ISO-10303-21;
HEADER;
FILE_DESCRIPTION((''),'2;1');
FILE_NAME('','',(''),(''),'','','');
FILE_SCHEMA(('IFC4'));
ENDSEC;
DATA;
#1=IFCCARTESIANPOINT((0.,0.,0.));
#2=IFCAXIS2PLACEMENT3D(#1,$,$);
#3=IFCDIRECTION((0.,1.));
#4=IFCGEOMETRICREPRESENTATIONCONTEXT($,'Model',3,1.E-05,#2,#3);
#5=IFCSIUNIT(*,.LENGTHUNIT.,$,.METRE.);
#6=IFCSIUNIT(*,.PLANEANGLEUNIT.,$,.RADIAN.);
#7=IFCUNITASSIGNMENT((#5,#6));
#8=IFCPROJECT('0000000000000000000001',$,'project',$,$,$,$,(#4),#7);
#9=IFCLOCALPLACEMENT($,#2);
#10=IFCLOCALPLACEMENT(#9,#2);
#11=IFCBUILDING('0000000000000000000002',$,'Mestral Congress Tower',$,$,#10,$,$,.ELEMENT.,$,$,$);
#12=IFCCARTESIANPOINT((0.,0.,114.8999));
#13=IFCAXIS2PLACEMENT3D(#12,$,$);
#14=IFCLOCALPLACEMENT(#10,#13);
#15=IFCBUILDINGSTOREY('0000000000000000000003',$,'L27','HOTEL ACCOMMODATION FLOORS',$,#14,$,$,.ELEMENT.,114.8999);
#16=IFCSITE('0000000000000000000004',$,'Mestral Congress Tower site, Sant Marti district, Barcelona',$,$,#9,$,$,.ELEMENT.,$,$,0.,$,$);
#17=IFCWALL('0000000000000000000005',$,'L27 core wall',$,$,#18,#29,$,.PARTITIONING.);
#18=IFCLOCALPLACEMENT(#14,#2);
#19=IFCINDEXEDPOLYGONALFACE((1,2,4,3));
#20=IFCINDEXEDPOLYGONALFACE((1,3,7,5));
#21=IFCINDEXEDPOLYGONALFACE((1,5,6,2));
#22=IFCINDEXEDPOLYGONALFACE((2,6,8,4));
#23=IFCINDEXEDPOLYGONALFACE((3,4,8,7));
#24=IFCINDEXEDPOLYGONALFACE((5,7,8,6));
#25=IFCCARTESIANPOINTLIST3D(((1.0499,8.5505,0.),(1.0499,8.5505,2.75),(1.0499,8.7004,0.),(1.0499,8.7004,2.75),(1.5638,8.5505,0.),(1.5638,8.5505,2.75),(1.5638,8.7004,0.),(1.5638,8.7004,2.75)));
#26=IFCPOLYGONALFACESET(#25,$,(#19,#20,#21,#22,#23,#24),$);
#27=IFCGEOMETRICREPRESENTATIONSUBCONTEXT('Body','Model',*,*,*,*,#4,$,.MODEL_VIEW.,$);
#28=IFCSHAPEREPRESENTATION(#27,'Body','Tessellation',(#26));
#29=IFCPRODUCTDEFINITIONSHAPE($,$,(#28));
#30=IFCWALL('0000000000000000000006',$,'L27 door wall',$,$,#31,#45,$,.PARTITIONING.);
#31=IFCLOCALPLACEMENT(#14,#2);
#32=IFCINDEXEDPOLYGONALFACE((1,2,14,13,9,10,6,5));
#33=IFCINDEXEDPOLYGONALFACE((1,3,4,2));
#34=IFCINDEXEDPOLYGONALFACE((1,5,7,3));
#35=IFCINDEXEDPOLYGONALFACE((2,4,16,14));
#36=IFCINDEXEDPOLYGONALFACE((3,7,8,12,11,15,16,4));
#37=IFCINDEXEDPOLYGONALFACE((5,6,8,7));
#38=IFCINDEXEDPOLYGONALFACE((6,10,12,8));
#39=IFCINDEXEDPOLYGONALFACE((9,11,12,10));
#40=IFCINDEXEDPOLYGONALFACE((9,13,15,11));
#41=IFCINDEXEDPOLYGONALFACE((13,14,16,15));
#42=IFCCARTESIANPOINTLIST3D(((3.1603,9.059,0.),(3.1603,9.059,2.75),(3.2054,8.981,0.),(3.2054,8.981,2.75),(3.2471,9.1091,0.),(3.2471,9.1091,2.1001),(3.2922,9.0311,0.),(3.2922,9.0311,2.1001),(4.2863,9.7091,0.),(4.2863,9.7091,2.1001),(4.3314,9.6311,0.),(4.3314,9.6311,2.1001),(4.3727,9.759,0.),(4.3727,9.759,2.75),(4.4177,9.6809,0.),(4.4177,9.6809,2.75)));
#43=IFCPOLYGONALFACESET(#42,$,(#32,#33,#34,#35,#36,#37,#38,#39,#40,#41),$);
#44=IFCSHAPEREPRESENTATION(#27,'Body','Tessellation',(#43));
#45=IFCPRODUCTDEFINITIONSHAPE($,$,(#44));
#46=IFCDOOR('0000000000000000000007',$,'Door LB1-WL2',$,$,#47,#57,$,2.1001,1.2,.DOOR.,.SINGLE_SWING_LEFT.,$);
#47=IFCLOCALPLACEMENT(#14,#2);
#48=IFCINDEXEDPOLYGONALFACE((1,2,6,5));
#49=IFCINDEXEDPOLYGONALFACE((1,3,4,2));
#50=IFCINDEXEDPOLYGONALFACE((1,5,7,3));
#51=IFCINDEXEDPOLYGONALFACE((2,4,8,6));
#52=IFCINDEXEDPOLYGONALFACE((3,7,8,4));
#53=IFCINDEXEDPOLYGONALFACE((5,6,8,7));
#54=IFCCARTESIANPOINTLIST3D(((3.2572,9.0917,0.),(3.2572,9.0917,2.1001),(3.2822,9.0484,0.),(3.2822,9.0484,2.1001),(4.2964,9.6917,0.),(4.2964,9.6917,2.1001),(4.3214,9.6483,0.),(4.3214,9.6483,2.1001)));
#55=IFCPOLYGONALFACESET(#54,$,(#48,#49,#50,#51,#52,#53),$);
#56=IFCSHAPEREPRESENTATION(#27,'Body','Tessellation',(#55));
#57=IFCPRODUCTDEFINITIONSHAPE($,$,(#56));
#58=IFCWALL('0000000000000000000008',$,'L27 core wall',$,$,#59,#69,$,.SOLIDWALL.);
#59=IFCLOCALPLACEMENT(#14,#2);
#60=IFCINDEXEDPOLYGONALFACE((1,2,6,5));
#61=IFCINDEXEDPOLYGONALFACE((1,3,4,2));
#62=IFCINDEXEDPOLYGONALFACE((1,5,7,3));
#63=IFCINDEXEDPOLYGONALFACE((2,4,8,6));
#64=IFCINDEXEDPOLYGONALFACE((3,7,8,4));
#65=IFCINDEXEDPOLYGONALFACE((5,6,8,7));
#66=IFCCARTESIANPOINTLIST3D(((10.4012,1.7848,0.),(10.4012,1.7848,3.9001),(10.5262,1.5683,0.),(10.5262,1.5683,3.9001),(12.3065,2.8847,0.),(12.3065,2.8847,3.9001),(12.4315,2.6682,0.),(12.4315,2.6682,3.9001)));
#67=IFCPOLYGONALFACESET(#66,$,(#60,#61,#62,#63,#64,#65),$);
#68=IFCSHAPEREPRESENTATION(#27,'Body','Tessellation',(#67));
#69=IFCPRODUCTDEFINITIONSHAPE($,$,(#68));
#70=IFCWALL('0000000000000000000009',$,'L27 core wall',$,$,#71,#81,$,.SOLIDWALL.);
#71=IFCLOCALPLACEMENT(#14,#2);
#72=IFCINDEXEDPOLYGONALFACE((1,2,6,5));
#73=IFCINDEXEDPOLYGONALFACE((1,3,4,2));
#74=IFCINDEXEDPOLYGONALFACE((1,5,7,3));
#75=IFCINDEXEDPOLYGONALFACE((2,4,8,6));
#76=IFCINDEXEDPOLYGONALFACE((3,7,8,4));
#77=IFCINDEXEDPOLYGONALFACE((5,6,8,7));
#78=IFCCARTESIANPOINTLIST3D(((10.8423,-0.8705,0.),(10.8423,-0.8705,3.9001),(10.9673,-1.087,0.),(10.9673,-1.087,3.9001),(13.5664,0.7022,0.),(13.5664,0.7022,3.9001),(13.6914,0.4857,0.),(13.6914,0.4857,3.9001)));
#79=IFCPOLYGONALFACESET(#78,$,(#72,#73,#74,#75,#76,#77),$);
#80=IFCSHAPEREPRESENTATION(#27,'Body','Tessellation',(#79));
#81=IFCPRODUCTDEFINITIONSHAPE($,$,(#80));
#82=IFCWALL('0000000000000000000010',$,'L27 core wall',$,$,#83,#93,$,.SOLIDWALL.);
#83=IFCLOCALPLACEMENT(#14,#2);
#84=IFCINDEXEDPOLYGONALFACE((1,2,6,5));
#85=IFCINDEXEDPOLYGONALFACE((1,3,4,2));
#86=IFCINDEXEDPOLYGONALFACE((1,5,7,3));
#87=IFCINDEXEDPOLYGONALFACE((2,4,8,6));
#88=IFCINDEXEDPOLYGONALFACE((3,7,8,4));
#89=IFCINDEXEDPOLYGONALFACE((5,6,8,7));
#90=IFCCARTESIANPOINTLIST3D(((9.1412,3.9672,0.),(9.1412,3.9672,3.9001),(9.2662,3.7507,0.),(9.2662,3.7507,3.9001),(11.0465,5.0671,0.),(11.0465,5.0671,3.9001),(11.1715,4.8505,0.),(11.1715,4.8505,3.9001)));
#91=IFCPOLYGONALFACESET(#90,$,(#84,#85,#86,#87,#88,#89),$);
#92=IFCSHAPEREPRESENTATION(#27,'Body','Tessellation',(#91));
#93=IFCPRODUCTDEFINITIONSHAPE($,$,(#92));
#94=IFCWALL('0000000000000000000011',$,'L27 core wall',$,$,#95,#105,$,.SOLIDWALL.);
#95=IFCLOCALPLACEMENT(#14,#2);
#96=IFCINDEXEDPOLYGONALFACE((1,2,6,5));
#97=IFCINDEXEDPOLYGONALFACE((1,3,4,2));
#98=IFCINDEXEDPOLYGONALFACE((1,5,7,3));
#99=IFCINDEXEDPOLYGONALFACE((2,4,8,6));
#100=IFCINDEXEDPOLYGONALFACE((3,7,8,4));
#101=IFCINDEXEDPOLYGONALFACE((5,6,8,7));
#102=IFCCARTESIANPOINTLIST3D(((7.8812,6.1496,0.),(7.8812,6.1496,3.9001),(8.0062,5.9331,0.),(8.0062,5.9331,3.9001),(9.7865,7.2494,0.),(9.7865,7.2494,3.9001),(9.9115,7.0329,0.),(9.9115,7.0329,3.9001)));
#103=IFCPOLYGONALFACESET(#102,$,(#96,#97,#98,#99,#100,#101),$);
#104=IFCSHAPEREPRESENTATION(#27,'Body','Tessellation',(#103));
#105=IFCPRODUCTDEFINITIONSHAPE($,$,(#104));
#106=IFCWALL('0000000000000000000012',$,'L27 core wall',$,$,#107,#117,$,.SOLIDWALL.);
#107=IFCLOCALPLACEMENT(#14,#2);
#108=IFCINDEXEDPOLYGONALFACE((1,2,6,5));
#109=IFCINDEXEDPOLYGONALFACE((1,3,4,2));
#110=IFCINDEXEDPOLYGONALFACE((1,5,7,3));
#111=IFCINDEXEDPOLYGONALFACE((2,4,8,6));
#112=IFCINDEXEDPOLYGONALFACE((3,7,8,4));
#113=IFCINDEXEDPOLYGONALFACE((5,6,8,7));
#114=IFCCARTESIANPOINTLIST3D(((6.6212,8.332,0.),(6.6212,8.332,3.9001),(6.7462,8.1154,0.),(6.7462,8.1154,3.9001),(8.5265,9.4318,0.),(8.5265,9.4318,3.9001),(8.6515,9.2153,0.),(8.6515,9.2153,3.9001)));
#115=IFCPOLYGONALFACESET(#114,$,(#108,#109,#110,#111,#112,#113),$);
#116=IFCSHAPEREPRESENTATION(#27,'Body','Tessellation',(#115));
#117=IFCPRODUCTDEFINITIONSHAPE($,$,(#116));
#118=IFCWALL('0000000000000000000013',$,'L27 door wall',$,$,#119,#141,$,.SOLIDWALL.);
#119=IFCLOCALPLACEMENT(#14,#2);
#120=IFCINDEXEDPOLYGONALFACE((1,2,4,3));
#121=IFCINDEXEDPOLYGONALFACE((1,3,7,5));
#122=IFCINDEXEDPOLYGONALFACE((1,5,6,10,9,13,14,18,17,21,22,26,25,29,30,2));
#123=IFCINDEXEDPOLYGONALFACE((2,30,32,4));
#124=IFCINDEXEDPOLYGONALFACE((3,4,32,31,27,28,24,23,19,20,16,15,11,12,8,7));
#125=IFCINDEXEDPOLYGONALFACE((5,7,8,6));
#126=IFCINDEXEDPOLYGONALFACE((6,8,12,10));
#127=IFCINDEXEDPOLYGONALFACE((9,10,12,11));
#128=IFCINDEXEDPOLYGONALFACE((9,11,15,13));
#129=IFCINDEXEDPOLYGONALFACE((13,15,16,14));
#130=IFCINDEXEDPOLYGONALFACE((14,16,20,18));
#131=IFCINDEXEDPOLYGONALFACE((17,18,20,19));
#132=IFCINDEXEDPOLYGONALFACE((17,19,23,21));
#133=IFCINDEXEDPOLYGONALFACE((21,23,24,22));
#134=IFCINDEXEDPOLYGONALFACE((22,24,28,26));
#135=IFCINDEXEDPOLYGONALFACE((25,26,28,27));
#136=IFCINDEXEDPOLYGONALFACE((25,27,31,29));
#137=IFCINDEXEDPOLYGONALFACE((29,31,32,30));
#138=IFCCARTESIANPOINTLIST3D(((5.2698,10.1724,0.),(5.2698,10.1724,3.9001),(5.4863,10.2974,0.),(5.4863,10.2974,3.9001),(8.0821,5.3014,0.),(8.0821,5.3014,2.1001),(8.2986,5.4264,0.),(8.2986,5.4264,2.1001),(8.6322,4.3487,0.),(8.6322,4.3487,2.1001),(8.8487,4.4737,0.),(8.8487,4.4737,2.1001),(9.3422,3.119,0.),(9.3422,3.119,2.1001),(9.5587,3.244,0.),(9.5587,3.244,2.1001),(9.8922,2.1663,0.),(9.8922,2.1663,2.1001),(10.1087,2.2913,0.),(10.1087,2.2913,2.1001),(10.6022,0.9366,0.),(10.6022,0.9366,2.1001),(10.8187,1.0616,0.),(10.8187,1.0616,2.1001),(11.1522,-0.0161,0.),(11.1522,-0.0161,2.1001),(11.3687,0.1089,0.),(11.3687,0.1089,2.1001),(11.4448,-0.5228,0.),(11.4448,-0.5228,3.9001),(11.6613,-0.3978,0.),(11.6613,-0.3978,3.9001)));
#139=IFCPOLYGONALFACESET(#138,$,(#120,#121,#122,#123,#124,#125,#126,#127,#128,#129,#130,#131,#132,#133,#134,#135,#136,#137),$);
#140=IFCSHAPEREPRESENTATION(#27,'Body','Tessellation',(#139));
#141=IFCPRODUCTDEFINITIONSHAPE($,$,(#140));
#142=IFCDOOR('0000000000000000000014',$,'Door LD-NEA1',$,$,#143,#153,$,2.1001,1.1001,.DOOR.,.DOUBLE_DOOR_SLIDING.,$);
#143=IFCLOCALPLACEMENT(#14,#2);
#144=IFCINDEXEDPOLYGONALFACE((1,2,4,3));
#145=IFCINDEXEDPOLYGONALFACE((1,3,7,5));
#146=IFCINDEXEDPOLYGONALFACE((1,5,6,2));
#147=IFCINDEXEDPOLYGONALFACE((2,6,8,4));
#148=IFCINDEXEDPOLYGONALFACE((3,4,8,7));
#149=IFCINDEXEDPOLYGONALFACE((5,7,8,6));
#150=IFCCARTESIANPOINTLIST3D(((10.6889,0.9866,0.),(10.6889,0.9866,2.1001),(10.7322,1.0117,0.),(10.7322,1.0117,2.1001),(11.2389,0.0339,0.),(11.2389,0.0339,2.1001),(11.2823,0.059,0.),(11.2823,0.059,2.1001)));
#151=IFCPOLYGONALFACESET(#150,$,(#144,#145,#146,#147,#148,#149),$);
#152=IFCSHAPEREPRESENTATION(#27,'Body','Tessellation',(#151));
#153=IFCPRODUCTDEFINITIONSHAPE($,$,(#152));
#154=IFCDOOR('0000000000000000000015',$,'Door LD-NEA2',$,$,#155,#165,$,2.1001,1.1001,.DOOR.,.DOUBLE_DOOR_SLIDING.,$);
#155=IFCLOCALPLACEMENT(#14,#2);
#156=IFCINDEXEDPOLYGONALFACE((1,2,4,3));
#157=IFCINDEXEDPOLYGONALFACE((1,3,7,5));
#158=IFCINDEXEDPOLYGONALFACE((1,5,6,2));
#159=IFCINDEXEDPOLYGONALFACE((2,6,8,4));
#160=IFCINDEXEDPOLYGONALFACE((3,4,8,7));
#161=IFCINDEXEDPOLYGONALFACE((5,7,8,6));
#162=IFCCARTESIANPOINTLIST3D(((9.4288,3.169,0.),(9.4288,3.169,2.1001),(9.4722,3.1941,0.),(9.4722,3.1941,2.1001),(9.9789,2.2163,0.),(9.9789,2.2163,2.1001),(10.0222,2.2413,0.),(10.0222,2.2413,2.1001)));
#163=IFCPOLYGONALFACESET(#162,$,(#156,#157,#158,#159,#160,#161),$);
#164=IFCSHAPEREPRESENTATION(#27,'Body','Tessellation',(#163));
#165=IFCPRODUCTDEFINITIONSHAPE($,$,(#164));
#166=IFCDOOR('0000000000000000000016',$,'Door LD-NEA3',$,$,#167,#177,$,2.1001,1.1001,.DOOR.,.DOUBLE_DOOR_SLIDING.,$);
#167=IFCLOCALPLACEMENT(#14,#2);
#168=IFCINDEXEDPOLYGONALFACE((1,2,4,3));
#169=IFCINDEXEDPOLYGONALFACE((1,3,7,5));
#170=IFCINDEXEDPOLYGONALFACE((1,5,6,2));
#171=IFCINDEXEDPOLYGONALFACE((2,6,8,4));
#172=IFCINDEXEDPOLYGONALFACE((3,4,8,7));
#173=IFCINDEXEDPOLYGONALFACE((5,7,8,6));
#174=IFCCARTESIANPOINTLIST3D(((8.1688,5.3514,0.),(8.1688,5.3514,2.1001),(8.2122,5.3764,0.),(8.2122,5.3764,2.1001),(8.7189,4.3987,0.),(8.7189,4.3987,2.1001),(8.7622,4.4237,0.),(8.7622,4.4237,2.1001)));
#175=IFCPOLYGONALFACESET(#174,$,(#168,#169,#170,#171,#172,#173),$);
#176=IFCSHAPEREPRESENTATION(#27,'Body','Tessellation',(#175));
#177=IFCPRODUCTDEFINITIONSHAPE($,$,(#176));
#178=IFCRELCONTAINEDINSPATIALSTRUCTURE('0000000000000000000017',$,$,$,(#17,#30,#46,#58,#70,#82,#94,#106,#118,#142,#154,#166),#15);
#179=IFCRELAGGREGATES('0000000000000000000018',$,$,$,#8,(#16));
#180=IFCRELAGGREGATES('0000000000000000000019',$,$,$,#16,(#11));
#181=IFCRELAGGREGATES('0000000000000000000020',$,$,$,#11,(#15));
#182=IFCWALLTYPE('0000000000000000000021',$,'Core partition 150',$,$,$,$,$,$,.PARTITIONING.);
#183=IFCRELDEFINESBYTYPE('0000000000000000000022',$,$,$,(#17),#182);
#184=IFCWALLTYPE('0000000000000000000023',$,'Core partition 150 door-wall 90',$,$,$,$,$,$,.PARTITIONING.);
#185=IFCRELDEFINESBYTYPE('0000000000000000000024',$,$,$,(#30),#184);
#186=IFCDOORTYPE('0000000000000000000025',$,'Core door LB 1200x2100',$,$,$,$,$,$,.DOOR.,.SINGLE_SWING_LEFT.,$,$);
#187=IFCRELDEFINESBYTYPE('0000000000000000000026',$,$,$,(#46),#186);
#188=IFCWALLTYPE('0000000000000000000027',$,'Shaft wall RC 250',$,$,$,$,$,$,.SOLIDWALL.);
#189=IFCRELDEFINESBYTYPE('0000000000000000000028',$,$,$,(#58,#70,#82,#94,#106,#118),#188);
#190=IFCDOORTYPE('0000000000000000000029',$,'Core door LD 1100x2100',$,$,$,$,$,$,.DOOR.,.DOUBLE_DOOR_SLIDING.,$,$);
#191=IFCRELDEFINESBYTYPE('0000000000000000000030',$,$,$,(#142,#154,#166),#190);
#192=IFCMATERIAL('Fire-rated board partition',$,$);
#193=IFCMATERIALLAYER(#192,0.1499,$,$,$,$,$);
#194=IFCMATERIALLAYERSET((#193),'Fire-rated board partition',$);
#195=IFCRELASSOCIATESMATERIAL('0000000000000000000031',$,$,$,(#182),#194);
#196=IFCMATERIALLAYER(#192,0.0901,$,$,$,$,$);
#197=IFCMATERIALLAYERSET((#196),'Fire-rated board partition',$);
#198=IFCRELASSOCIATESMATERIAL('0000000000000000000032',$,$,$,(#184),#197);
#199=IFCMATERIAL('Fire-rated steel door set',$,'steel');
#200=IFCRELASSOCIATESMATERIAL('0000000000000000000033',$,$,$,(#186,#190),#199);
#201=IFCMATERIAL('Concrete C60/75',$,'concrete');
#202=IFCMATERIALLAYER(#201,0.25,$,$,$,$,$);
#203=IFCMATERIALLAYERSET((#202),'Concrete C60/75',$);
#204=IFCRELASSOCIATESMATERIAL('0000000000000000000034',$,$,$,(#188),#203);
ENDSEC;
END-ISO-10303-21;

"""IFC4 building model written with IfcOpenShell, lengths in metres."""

from ifc_helpers import new_model, si_unit, direction, frame, frame_2d, origin, place, context, subcontext, project, spatial, rectangle, extrude, material, layer, layer_set, type_object, element, fill, save


model = new_model("IFC4")

# Units and contexts
model_context = context("Model", 3, precision=1e-05, world=origin(), true_north=direction((0.0, 1.0)))
body_context = subcontext(model_context, "Body", "Model", "MODEL_VIEW")
ifc_project = project(units=[si_unit("LENGTHUNIT", "METRE"), si_unit("PLANEANGLEUNIT", "RADIAN")], contexts=[model_context])

# Site, building, storey
site_placement = place(None, origin())
site = spatial("IfcSite", under=ifc_project, at=site_placement, Name="Mestral Congress Tower site, Sant Marti district, Barcelona", CompositionType="ELEMENT", RefElevation=0.0)
building_placement = place(site_placement, origin())
building = spatial("IfcBuilding", under=site, at=building_placement, Name="Mestral Congress Tower", CompositionType="ELEMENT")
storey_placement = place(building_placement, frame((0.0, 0.0, 114.8999)))
storey = spatial("IfcBuildingStorey", under=building, at=storey_placement, Name="L27", Description="HOTEL ACCOMMODATION FLOORS", CompositionType="ELEMENT", Elevation=114.8999)

# Wall
ifc_material_1 = material(Name="Fire-rated board partition")
ifc_layer_1 = layer(ifc_material_1, 0.1499)
ifc_layer_set_1 = layer_set([ifc_layer_1], Name="Fire-rated board partition")
wall_type_1 = type_object("IfcWallType", Name="Core partition 150", PredefinedType="PARTITIONING", material=ifc_layer_set_1)
wall_1_placement = place(storey_placement, frame((1.05, 8.6255, 0.0), z_axis=(0.0, 0.0, 1.0), x_axis=(1.0, 0.0, 0.0)))
element("IfcWall", 1, at=wall_1_placement, inside=storey, type_object=wall_type_1, Name="L27 core wall", PredefinedType="PARTITIONING", context=body_context, shape_type="SweptSolid", body=[
    extrude(rectangle(XDim=0.5139, YDim=0.1499, at=frame_2d((0.2568, 0.0))), origin(), (0.0, 0.0, 1.0), 2.75),
])

# Wall, opening, door
ifc_layer_2 = layer(ifc_material_1, 0.0901)
ifc_layer_set_2 = layer_set([ifc_layer_2], Name="Fire-rated board partition")
wall_type_2 = type_object("IfcWallType", Name="Core partition 150 door-wall 90", PredefinedType="PARTITIONING", material=ifc_layer_set_2)
wall_2_placement = place(storey_placement, frame((3.1829, 9.02, 0.0), z_axis=(0.0, 0.0, 1.0), x_axis=(0.866035, 0.499984, 0.0)))
wall_2 = element("IfcWall", 2, at=wall_2_placement, inside=storey, type_object=wall_type_2, Name="L27 door wall", PredefinedType="PARTITIONING", context=body_context, shape_type="SweptSolid", body=[
    extrude(rectangle(XDim=1.3999, YDim=0.0901, at=frame_2d((0.7, 0.0))), origin(), (0.0, 0.0, 1.0), 2.75),
])
opening_1_placement = place(wall_2_placement, frame((0.1001, 0.0, 0.0)))
opening_1 = element("IfcOpeningElement", 3, at=opening_1_placement, cuts=wall_2, PredefinedType="OPENING", context=body_context, shape_type="SweptSolid", body=[
    extrude(rectangle(XDim=1.2, YDim=2.1001, at=frame_2d((0.6001, 1.05))), frame((0.0, 0.0549, 0.0), z_axis=(0.0, -1.0, 0.0), x_axis=(1.0, 0.0, 0.0)), (0.0, 0.0, 1.0), 0.1101),
])
ifc_material_2 = material(Name="Fire-rated steel door set", Category="steel")
door_type_1 = type_object("IfcDoorType", Name="Core door LB 1200x2100", OperationType="SINGLE_SWING_LEFT", PredefinedType="DOOR", material=ifc_material_2)
door_1_placement = place(opening_1_placement, origin())
door_1 = element("IfcDoor", 4, at=door_1_placement, inside=storey, type_object=door_type_1, Name="Door LB1-WL2", OperationType="SINGLE_SWING_LEFT", OverallHeight=2.1001, OverallWidth=1.2, PredefinedType="DOOR", context=body_context, shape_type="SweptSolid", body=[
    extrude(rectangle(XDim=1.2, YDim=2.1001, at=frame_2d((0.6001, 1.05))), frame((0.0, 0.0249, 0.0), z_axis=(0.0, -1.0, 0.0), x_axis=(1.0, 0.0, 0.0)), (0.0, 0.0, 1.0), 0.05),
])
fill(opening_1, door_1)

# Walls
ifc_material_3 = material(Name="Concrete C60/75", Category="concrete")
ifc_layer_3 = layer(ifc_material_3, 0.25)
ifc_layer_set_3 = layer_set([ifc_layer_3], Name="Concrete C60/75")
wall_type_3 = type_object("IfcWallType", Name="Shaft wall RC 250", PredefinedType="SOLIDWALL", material=ifc_layer_set_3)
wall_3_placement = place(storey_placement, frame((10.4636, 1.6765, 0.0), z_axis=(0.0, 0.0, 1.0), x_axis=(0.866056, 0.499947, 0.0)))
element("IfcWall", 5, at=wall_3_placement, inside=storey, type_object=wall_type_3, Name="L27 core wall", PredefinedType="SOLIDWALL", context=body_context, shape_type="SweptSolid", body=[
    extrude(rectangle(XDim=2.2, YDim=0.25, at=frame_2d((1.1001, 0.0))), origin(), (0.0, 0.0, 1.0), 3.9001),
])
wall_4_placement = place(storey_placement, frame((13.6289, 0.594, 0.0), z_axis=(0.0, 0.0, 1.0), x_axis=(-0.866028, -0.499996, 0.0)))
element("IfcWall", 6, at=wall_4_placement, inside=storey, type_object=wall_type_3, Name="L27 core wall", PredefinedType="SOLIDWALL", context=body_context, shape_type="SweptSolid", body=[
    extrude(rectangle(XDim=3.1455, YDim=0.25, at=frame_2d((1.5728, 0.0))), origin(), (0.0, 0.0, 1.0), 3.9001),
])
for number, where, z_axis, x_axis, name in (
    (7, (9.2036, 3.8589, 0.0), (0.0, 0.0, 1.0), (0.866056, 0.499947, 0.0), "L27 core wall"),
    (8, (7.9436, 6.0413, 0.0), (0.0, 0.0, 1.0), (0.866056, 0.499947, 0.0), "L27 core wall"),
    (9, (6.6836, 8.2236, 0.0), (0.0, 0.0, 1.0), (0.866056, 0.499947, 0.0), "L27 core wall"),
):
    element("IfcWall", number, at=place(storey_placement, frame(where, z_axis=z_axis, x_axis=x_axis)), inside=storey, type_object=wall_type_3, Name=name, PredefinedType="SOLIDWALL", context=body_context, shape_type="SweptSolid", body=[
        extrude(rectangle(XDim=2.2, YDim=0.25, at=frame_2d((1.1001, 0.0))), origin(), (0.0, 0.0, 1.0), 3.9001),
    ])

# Wall, openings, doors
wall_5_placement = place(storey_placement, frame((11.553, -0.4602, 0.0), z_axis=(0.0, 0.0, 1.0), x_axis=(-0.500007, 0.866022, 0.0)))
wall_5 = element("IfcWall", 10, at=wall_5_placement, inside=storey, type_object=wall_type_3, Name="L27 door wall", PredefinedType="SOLIDWALL", context=body_context, shape_type="SweptSolid", body=[
    extrude(rectangle(XDim=12.3499, YDim=0.25, at=frame_2d((6.1748, 0.0))), origin(), (0.0, 0.0, 1.0), 3.9001),
])
opening_2_placement = place(wall_5_placement, frame((0.585, 0.0, 0.0)))
opening_2 = element("IfcOpeningElement", 11, at=opening_2_placement, cuts=wall_5, PredefinedType="OPENING", context=body_context, shape_type="SweptSolid", body=[
    extrude(rectangle(XDim=1.1001, YDim=2.1001, at=frame_2d((0.55, 1.05))), frame((0.0, 0.135, 0.0), z_axis=(0.0, -1.0, 0.0), x_axis=(1.0, 0.0, 0.0)), (0.0, 0.0, 1.0), 0.27),
])
opening_3_placement = place(wall_5_placement, frame((3.105, 0.0, 0.0)))
opening_3 = element("IfcOpeningElement", 12, at=opening_3_placement, cuts=wall_5, PredefinedType="OPENING", context=body_context, shape_type="SweptSolid", body=[
    extrude(rectangle(XDim=1.1001, YDim=2.1001, at=frame_2d((0.55, 1.05))), frame((0.0, 0.135, 0.0), z_axis=(0.0, -1.0, 0.0), x_axis=(1.0, 0.0, 0.0)), (0.0, 0.0, 1.0), 0.27),
])
opening_4_placement = place(wall_5_placement, frame((5.625, 0.0, 0.0)))
opening_4 = element("IfcOpeningElement", 13, at=opening_4_placement, cuts=wall_5, PredefinedType="OPENING", context=body_context, shape_type="SweptSolid", body=[
    extrude(rectangle(XDim=1.1001, YDim=2.1001, at=frame_2d((0.55, 1.05))), frame((0.0, 0.135, 0.0), z_axis=(0.0, -1.0, 0.0), x_axis=(1.0, 0.0, 0.0)), (0.0, 0.0, 1.0), 0.27),
])
door_type_2 = type_object("IfcDoorType", Name="Core door LD 1100x2100", OperationType="DOUBLE_DOOR_SLIDING", PredefinedType="DOOR", material=ifc_material_2)
door_2_placement = place(opening_2_placement, origin())
door_2 = element("IfcDoor", 14, at=door_2_placement, inside=storey, type_object=door_type_2, Name="Door LD-NEA1", OperationType="DOUBLE_DOOR_SLIDING", OverallHeight=2.1001, OverallWidth=1.1001, PredefinedType="DOOR", context=body_context, shape_type="SweptSolid", body=[
    extrude(rectangle(XDim=1.1001, YDim=2.1001, at=frame_2d((0.55, 1.05))), frame((0.0, 0.0249, 0.0), z_axis=(0.0, -1.0, 0.0), x_axis=(1.0, 0.0, 0.0)), (0.0, 0.0, 1.0), 0.05),
])
fill(opening_2, door_2)
door_3_placement = place(opening_3_placement, origin())
door_3 = element("IfcDoor", 15, at=door_3_placement, inside=storey, type_object=door_type_2, Name="Door LD-NEA2", OperationType="DOUBLE_DOOR_SLIDING", OverallHeight=2.1001, OverallWidth=1.1001, PredefinedType="DOOR", context=body_context, shape_type="SweptSolid", body=[
    extrude(rectangle(XDim=1.1001, YDim=2.1001, at=frame_2d((0.55, 1.05))), frame((0.0, 0.0249, 0.0), z_axis=(0.0, -1.0, 0.0), x_axis=(1.0, 0.0, 0.0)), (0.0, 0.0, 1.0), 0.05),
])
fill(opening_3, door_3)
door_4_placement = place(opening_4_placement, origin())
door_4 = element("IfcDoor", 16, at=door_4_placement, inside=storey, type_object=door_type_2, Name="Door LD-NEA3", OperationType="DOUBLE_DOOR_SLIDING", OverallHeight=2.1001, OverallWidth=1.1001, PredefinedType="DOOR", context=body_context, shape_type="SweptSolid", body=[
    extrude(rectangle(XDim=1.1001, YDim=2.1001, at=frame_2d((0.55, 1.05))), frame((0.0, 0.0249, 0.0), z_axis=(0.0, -1.0, 0.0), x_axis=(1.0, 0.0, 0.0)), (0.0, 0.0, 1.0), 0.05),
])
fill(opening_4, door_4)

save(model, "model.ifc")
